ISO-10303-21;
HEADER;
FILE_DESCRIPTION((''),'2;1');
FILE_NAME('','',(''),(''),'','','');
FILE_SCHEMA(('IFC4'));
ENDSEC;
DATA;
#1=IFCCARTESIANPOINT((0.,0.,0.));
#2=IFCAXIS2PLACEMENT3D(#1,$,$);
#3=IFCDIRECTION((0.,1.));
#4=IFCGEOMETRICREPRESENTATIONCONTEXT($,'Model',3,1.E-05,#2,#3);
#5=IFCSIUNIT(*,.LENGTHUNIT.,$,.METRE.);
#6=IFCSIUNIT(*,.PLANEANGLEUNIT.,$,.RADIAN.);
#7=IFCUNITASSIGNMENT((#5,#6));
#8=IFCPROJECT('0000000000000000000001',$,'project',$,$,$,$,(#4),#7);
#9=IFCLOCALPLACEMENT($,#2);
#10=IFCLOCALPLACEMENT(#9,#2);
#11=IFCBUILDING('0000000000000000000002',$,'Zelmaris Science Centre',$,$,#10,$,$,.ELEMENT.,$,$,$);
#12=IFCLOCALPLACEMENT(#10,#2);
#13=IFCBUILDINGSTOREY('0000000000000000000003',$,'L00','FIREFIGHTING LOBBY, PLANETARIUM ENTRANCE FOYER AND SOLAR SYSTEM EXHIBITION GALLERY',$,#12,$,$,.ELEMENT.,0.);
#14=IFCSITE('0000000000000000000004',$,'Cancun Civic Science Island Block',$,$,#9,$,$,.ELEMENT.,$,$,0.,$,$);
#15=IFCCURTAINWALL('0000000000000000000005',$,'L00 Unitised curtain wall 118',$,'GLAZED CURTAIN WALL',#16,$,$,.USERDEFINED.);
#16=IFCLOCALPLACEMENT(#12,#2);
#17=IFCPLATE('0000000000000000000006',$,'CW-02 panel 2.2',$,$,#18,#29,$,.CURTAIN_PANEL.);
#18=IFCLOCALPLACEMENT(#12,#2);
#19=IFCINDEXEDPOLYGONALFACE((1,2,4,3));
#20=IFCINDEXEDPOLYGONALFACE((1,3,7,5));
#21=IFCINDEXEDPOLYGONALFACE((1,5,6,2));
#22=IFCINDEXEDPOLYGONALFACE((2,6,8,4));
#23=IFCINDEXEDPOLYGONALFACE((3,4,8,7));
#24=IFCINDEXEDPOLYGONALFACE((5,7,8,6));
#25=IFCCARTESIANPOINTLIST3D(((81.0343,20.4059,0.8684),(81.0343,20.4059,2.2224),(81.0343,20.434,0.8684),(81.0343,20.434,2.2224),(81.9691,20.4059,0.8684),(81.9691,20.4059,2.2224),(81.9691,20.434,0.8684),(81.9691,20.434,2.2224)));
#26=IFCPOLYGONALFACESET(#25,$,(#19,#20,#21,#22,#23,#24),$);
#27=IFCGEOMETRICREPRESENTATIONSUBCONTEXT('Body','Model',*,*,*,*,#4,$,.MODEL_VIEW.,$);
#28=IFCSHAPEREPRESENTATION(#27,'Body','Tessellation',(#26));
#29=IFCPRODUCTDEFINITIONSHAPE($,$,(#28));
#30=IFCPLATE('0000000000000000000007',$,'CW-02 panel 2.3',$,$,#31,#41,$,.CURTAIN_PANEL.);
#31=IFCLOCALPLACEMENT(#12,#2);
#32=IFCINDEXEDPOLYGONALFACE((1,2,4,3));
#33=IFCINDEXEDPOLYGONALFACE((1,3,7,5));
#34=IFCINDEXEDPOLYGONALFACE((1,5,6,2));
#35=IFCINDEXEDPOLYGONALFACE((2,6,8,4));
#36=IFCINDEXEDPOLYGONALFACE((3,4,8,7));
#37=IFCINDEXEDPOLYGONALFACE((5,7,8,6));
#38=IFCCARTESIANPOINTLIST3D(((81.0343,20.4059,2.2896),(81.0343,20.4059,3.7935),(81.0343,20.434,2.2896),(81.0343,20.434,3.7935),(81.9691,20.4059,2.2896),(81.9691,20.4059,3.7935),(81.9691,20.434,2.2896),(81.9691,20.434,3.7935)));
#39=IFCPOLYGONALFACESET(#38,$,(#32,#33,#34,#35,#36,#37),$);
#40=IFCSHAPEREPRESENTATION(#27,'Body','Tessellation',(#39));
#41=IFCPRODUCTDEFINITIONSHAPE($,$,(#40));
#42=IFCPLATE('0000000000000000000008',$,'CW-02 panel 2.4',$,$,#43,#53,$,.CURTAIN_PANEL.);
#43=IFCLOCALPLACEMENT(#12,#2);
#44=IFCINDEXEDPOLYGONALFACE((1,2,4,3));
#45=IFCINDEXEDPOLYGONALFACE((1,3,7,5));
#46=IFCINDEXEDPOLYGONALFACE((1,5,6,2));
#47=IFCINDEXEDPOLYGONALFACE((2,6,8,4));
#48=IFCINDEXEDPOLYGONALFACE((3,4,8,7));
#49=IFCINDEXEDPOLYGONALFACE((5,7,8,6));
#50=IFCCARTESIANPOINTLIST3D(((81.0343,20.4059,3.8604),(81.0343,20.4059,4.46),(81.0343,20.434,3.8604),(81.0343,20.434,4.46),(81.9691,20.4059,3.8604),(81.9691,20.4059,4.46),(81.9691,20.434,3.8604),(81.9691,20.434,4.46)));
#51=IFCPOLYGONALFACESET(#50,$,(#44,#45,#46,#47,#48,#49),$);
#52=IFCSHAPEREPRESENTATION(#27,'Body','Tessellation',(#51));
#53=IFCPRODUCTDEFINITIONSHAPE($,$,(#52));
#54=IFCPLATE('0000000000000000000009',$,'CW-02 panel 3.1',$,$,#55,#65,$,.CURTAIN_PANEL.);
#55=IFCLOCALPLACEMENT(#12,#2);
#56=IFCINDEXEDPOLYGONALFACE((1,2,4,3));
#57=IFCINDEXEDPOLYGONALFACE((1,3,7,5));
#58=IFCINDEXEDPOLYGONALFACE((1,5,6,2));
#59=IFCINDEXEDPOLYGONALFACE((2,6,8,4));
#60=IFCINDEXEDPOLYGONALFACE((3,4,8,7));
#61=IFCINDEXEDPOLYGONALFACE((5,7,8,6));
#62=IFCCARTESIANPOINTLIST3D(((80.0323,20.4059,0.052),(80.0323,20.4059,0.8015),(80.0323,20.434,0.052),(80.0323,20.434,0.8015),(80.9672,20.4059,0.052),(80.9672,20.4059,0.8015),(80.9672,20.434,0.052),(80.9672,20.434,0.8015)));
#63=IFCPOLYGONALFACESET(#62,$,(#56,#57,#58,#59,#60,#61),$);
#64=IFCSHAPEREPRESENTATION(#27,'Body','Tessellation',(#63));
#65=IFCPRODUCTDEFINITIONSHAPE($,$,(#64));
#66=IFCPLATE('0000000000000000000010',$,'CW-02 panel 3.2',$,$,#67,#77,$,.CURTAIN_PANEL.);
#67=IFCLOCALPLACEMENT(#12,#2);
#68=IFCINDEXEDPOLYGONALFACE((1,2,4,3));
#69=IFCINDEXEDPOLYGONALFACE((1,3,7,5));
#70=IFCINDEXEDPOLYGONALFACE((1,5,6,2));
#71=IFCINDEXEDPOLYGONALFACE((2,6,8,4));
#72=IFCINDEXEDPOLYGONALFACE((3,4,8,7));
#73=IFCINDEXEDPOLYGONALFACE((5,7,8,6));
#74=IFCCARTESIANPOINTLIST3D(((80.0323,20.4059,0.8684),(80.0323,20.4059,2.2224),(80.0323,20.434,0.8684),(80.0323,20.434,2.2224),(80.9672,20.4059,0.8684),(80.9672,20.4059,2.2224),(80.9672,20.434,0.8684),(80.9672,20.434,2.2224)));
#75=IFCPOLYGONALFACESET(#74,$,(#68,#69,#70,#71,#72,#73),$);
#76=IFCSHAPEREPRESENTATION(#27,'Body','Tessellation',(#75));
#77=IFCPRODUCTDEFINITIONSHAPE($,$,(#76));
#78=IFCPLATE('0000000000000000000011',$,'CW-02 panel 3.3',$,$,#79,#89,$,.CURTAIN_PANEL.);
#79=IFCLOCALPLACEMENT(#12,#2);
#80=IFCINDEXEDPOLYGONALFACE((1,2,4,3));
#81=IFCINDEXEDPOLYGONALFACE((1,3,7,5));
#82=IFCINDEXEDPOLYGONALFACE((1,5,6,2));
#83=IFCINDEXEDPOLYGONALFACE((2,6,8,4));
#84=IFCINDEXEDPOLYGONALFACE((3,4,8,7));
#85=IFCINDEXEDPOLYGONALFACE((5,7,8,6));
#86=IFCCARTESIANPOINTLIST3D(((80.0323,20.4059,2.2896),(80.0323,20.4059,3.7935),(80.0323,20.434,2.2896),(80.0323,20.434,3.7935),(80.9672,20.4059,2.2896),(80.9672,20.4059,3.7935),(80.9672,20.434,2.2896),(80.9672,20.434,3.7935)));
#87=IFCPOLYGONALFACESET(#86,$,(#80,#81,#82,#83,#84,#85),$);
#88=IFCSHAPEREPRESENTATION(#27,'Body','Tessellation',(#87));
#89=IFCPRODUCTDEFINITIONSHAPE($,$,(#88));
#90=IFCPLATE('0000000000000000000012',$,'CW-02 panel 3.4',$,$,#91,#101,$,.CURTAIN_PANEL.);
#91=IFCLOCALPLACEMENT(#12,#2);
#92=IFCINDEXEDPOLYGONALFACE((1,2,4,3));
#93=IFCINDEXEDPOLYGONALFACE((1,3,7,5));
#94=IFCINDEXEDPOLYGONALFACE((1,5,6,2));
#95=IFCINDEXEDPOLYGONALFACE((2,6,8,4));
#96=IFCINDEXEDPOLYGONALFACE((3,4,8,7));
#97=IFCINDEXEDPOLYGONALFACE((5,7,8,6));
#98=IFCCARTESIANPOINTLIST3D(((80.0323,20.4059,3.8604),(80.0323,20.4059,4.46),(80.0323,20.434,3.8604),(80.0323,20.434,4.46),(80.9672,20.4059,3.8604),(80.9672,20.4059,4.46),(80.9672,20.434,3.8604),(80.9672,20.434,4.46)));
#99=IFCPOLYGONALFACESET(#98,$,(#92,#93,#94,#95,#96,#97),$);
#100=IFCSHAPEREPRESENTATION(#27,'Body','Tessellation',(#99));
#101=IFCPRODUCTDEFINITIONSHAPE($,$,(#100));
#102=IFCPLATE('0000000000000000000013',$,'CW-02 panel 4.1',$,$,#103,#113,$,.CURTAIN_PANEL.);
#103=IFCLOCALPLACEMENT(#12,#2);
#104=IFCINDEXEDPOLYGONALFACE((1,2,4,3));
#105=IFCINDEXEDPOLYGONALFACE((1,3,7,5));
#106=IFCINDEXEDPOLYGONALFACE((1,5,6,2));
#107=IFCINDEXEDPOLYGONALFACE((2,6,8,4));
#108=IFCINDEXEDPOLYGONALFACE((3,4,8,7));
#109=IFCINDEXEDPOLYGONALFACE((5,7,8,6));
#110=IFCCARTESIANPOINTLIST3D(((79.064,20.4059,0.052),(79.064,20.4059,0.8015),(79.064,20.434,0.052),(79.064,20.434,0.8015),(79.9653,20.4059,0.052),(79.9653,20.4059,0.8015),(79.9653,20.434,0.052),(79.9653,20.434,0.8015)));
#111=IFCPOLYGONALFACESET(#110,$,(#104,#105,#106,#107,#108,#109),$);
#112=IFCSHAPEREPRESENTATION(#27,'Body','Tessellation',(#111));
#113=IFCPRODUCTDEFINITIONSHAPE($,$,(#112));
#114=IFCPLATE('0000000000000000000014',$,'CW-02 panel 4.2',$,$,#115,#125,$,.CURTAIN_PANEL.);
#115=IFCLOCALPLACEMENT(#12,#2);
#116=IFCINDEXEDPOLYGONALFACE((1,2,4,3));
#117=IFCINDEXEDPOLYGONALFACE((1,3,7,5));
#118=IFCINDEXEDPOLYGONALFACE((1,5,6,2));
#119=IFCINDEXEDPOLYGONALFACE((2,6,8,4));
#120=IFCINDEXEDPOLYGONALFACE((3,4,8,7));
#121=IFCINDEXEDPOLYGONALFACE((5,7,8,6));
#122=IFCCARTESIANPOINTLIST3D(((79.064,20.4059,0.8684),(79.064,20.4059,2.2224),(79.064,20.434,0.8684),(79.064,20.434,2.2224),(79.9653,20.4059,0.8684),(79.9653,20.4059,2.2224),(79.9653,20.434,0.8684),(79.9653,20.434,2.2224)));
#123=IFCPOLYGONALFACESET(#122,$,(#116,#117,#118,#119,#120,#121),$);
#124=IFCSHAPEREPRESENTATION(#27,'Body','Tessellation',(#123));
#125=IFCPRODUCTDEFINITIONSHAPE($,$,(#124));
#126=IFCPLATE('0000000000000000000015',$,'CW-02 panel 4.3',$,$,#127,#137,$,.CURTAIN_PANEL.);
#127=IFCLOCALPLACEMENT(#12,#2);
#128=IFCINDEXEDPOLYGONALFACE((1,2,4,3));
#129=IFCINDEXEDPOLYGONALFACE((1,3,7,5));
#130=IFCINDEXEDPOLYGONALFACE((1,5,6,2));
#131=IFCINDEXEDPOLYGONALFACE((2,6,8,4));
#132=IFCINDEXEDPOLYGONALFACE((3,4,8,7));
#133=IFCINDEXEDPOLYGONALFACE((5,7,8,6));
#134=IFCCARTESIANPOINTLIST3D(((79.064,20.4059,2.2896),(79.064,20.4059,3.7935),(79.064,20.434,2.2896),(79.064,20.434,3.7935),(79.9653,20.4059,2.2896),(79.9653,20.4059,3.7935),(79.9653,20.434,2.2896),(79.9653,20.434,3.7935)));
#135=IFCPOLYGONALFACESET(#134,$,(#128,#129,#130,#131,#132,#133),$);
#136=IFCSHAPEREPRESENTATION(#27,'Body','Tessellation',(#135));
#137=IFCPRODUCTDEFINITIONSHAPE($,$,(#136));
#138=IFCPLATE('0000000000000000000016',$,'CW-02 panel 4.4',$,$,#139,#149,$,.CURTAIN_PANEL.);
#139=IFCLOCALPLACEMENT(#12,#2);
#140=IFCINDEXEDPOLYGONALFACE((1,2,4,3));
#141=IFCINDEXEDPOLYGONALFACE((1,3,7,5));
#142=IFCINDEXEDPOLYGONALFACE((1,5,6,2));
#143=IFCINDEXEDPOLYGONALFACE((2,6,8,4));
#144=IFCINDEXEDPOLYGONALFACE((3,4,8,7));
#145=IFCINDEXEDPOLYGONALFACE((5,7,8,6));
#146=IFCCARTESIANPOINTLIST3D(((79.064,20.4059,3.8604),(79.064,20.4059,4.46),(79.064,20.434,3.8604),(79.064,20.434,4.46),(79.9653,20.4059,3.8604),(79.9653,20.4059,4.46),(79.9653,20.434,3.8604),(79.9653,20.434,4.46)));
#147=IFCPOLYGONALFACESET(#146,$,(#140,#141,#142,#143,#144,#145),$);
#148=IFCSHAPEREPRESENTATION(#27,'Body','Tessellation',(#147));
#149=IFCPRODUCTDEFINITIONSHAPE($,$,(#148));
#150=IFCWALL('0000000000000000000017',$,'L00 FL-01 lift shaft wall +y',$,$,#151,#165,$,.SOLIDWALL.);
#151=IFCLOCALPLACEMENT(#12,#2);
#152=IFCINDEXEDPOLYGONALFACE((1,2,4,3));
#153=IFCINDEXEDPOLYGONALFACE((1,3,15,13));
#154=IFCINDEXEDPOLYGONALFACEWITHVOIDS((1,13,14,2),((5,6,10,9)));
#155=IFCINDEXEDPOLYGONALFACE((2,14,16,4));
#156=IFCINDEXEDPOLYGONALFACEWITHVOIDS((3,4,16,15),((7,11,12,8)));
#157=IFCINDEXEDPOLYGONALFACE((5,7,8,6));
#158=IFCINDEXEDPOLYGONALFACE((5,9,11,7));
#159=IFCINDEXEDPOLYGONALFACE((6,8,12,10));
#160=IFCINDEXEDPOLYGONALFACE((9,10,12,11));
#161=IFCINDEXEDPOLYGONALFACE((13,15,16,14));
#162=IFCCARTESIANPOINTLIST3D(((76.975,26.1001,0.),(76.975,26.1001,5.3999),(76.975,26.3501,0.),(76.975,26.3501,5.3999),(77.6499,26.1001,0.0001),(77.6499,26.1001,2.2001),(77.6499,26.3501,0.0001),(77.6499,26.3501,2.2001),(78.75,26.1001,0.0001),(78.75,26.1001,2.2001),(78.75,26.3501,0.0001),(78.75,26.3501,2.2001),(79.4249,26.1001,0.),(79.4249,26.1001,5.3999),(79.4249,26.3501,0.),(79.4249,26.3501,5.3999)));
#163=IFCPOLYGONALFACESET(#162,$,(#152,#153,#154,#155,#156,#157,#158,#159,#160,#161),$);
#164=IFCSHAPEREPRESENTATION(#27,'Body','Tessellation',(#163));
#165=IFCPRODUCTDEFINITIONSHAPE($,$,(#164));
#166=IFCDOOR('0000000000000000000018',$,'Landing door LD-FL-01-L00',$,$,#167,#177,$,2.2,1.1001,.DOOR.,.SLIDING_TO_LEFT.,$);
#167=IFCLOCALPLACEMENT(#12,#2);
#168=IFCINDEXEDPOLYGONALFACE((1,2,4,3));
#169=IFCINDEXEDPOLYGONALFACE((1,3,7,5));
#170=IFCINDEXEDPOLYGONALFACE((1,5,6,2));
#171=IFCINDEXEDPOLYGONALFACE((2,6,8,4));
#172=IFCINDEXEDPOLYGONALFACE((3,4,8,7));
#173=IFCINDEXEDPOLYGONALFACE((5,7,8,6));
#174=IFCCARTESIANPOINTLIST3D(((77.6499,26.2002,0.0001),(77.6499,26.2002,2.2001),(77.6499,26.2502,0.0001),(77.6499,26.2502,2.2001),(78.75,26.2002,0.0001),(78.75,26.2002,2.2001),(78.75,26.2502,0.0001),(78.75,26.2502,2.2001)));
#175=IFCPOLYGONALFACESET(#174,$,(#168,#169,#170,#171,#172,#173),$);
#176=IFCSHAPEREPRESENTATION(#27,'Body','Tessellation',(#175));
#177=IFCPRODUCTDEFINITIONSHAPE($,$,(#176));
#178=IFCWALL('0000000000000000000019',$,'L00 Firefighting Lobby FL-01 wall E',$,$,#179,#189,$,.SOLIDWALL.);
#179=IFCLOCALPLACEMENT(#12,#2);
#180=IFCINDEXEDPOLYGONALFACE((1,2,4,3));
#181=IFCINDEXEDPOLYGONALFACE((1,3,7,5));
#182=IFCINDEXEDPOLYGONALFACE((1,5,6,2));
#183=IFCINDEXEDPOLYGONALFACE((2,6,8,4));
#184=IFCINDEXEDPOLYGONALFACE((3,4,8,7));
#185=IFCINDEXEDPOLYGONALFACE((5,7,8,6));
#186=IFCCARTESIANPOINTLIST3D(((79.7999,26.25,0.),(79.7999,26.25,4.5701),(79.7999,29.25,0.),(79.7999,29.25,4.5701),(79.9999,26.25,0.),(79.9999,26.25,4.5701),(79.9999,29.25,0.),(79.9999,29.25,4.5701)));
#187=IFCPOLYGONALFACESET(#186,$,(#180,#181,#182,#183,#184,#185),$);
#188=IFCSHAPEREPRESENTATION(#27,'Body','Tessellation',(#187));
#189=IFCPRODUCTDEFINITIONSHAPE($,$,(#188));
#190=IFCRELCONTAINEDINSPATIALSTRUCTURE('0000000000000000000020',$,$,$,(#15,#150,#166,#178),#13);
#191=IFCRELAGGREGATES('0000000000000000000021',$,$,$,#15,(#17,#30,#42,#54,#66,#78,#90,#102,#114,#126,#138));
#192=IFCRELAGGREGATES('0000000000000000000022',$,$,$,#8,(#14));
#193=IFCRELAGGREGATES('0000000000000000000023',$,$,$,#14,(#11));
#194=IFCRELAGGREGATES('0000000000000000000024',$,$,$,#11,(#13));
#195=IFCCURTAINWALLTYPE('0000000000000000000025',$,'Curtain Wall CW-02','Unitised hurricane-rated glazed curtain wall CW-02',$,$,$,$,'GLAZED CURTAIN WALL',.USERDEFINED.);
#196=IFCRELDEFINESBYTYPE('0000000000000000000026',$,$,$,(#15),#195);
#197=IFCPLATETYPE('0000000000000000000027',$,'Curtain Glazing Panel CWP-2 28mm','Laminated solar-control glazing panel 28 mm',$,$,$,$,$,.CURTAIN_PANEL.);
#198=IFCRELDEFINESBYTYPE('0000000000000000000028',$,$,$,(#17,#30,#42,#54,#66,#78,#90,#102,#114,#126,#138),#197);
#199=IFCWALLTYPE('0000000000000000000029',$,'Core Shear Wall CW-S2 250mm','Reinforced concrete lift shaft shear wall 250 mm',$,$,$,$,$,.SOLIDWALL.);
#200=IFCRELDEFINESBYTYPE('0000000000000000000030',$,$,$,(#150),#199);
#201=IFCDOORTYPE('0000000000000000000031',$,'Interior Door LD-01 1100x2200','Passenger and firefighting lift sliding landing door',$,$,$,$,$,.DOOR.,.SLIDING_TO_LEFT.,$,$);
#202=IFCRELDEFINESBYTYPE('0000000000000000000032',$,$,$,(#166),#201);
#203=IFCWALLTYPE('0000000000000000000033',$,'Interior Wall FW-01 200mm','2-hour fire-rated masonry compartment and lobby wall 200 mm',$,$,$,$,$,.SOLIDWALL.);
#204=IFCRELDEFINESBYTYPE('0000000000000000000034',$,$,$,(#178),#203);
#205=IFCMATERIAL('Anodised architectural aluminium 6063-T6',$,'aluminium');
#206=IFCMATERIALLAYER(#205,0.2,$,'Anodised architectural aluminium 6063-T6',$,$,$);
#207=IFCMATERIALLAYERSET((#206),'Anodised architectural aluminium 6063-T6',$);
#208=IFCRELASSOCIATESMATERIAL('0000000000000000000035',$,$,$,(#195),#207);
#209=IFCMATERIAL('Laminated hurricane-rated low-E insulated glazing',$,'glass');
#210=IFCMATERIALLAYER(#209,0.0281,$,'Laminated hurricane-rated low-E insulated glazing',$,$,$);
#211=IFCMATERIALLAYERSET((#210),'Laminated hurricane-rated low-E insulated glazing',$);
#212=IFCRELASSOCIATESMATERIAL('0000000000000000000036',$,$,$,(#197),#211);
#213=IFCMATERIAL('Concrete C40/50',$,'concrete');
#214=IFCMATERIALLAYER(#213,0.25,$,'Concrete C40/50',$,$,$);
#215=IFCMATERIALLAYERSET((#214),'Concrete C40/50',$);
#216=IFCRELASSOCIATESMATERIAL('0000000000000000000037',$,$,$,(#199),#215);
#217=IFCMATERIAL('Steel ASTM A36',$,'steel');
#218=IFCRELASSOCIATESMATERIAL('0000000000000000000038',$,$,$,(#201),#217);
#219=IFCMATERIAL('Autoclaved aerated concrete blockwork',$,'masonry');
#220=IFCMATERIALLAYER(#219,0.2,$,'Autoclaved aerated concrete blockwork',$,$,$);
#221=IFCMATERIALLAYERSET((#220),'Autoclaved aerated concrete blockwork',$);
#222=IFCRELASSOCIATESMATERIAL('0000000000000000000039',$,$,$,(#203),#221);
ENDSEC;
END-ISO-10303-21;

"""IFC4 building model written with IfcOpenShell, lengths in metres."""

from ifc_helpers import new_model, si_unit, direction, frame, frame_2d, origin, origin_2d, place, context, subcontext, project, spatial, rectangle, extrude, material, layer, layer_set, type_object, element, fill, aggregate, save


model = new_model("IFC4")

# Units and contexts
model_context = context("Model", 3, precision=1e-05, world=origin(), true_north=direction((0.0, 1.0)))
body_context = subcontext(model_context, "Body", "Model", "MODEL_VIEW")
ifc_project = project(units=[si_unit("LENGTHUNIT", "METRE"), si_unit("PLANEANGLEUNIT", "RADIAN")], contexts=[model_context])

# Site, building, storey
site_placement = place(None, origin())
site = spatial("IfcSite", under=ifc_project, at=site_placement, Name="Cancun Civic Science Island Block", CompositionType="ELEMENT", RefElevation=0.0)
building_placement = place(site_placement, origin())
building = spatial("IfcBuilding", under=site, at=building_placement, Name="Zelmaris Science Centre", CompositionType="ELEMENT")
storey_placement = place(building_placement, origin())
storey = spatial("IfcBuildingStorey", under=building, at=storey_placement, Name="L00", Description="FIREFIGHTING LOBBY, PLANETARIUM ENTRANCE FOYER AND SOLAR SYSTEM EXHIBITION GALLERY", CompositionType="ELEMENT", Elevation=0.0)

# Curtain wall
ifc_material_1 = material(Name="Anodised architectural aluminium 6063-T6", Category="aluminium")
ifc_layer_1 = layer(ifc_material_1, 0.2, Name="Anodised architectural aluminium 6063-T6")
ifc_layer_set_1 = layer_set([ifc_layer_1], Name="Anodised architectural aluminium 6063-T6")
curtain_wall_type = type_object("IfcCurtainWallType", Name="Curtain Wall CW-02", Description="Unitised hurricane-rated glazed curtain wall CW-02", ElementType="GLAZED CURTAIN WALL", PredefinedType="USERDEFINED", material=ifc_layer_set_1)
curtain_wall_placement = place(storey_placement, origin())
curtain_wall = element("IfcCurtainWall", 1, at=curtain_wall_placement, inside=storey, type_object=curtain_wall_type, Name="L00 Unitised curtain wall 118", ObjectType="GLAZED CURTAIN WALL", PredefinedType="USERDEFINED")

# Plates
ifc_material_2 = material(Name="Laminated hurricane-rated low-E insulated glazing", Category="glass")
ifc_layer_2 = layer(ifc_material_2, 0.0281, Name="Laminated hurricane-rated low-E insulated glazing")
ifc_layer_set_2 = layer_set([ifc_layer_2], Name="Laminated hurricane-rated low-E insulated glazing")
plate_type = type_object("IfcPlateType", Name="Curtain Glazing Panel CWP-2 28mm", Description="Laminated solar-control glazing panel 28 mm", PredefinedType="CURTAIN_PANEL", material=ifc_layer_set_2)
plate_1_placement = place(storey_placement, frame((81.5017, 20.4199, 0.8684), z_axis=(0.0, 0.0, 1.0), x_axis=(-1.0, 0.0, 0.0)))
plate_1 = element("IfcPlate", 2, at=plate_1_placement, type_object=plate_type, Name="CW-02 panel 2.2", PredefinedType="CURTAIN_PANEL", context=body_context, shape_type="SweptSolid", body=[
    extrude(rectangle(XDim=0.9348, YDim=0.0281, at=origin_2d()), origin(), (0.0, 0.0, 1.0), 1.354),
])
plate_2_placement = place(storey_placement, frame((81.5017, 20.4199, 2.2896), z_axis=(0.0, 0.0, 1.0), x_axis=(-1.0, 0.0, 0.0)))
plate_2 = element("IfcPlate", 3, at=plate_2_placement, type_object=plate_type, Name="CW-02 panel 2.3", PredefinedType="CURTAIN_PANEL", context=body_context, shape_type="SweptSolid", body=[
    extrude(rectangle(XDim=0.9348, YDim=0.0281, at=origin_2d()), origin(), (0.0, 0.0, 1.0), 1.5039),
])
plate_3_placement = place(storey_placement, frame((81.5017, 20.4199, 3.8604), z_axis=(0.0, 0.0, 1.0), x_axis=(-1.0, 0.0, 0.0)))
plate_3 = element("IfcPlate", 4, at=plate_3_placement, type_object=plate_type, Name="CW-02 panel 2.4", PredefinedType="CURTAIN_PANEL", context=body_context, shape_type="SweptSolid", body=[
    extrude(rectangle(XDim=0.9348, YDim=0.0281, at=origin_2d()), origin(), (0.0, 0.0, 1.0), 0.5996),
])
plate_4_placement = place(storey_placement, frame((80.4998, 20.4199, 0.052), z_axis=(0.0, 0.0, 1.0), x_axis=(-1.0, 0.0, 0.0)))
plate_4 = element("IfcPlate", 5, at=plate_4_placement, type_object=plate_type, Name="CW-02 panel 3.1", PredefinedType="CURTAIN_PANEL", context=body_context, shape_type="SweptSolid", body=[
    extrude(rectangle(XDim=0.9348, YDim=0.0281, at=origin_2d()), origin(), (0.0, 0.0, 1.0), 0.7495),
])
plate_5_placement = place(storey_placement, frame((80.4998, 20.4199, 0.8684), z_axis=(0.0, 0.0, 1.0), x_axis=(-1.0, 0.0, 0.0)))
plate_5 = element("IfcPlate", 6, at=plate_5_placement, type_object=plate_type, Name="CW-02 panel 3.2", PredefinedType="CURTAIN_PANEL", context=body_context, shape_type="SweptSolid", body=[
    extrude(rectangle(XDim=0.9348, YDim=0.0281, at=origin_2d()), origin(), (0.0, 0.0, 1.0), 1.354),
])
plate_6_placement = place(storey_placement, frame((80.4998, 20.4199, 2.2896), z_axis=(0.0, 0.0, 1.0), x_axis=(-1.0, 0.0, 0.0)))
plate_6 = element("IfcPlate", 7, at=plate_6_placement, type_object=plate_type, Name="CW-02 panel 3.3", PredefinedType="CURTAIN_PANEL", context=body_context, shape_type="SweptSolid", body=[
    extrude(rectangle(XDim=0.9348, YDim=0.0281, at=origin_2d()), origin(), (0.0, 0.0, 1.0), 1.5039),
])
plate_7_placement = place(storey_placement, frame((80.4998, 20.4199, 3.8604), z_axis=(0.0, 0.0, 1.0), x_axis=(-1.0, 0.0, 0.0)))
plate_7 = element("IfcPlate", 8, at=plate_7_placement, type_object=plate_type, Name="CW-02 panel 3.4", PredefinedType="CURTAIN_PANEL", context=body_context, shape_type="SweptSolid", body=[
    extrude(rectangle(XDim=0.9348, YDim=0.0281, at=origin_2d()), origin(), (0.0, 0.0, 1.0), 0.5996),
])
plate_8_placement = place(storey_placement, frame((79.5146, 20.4199, 0.052), z_axis=(0.0, 0.0, 1.0), x_axis=(-1.0, 0.0, 0.0)))
plate_8 = element("IfcPlate", 9, at=plate_8_placement, type_object=plate_type, Name="CW-02 panel 4.1", PredefinedType="CURTAIN_PANEL", context=body_context, shape_type="SweptSolid", body=[
    extrude(rectangle(XDim=0.9014, YDim=0.0281, at=origin_2d()), origin(), (0.0, 0.0, 1.0), 0.7495),
])
plate_9_placement = place(storey_placement, frame((79.5146, 20.4199, 0.8684), z_axis=(0.0, 0.0, 1.0), x_axis=(-1.0, 0.0, 0.0)))
plate_9 = element("IfcPlate", 10, at=plate_9_placement, type_object=plate_type, Name="CW-02 panel 4.2", PredefinedType="CURTAIN_PANEL", context=body_context, shape_type="SweptSolid", body=[
    extrude(rectangle(XDim=0.9014, YDim=0.0281, at=origin_2d()), origin(), (0.0, 0.0, 1.0), 1.354),
])
plate_10_placement = place(storey_placement, frame((79.5146, 20.4199, 2.2896), z_axis=(0.0, 0.0, 1.0), x_axis=(-1.0, 0.0, 0.0)))
plate_10 = element("IfcPlate", 11, at=plate_10_placement, type_object=plate_type, Name="CW-02 panel 4.3", PredefinedType="CURTAIN_PANEL", context=body_context, shape_type="SweptSolid", body=[
    extrude(rectangle(XDim=0.9014, YDim=0.0281, at=origin_2d()), origin(), (0.0, 0.0, 1.0), 1.5039),
])
plate_11_placement = place(storey_placement, frame((79.5146, 20.4199, 3.8604), z_axis=(0.0, 0.0, 1.0), x_axis=(-1.0, 0.0, 0.0)))
plate_11 = element("IfcPlate", 12, at=plate_11_placement, type_object=plate_type, Name="CW-02 panel 4.4", PredefinedType="CURTAIN_PANEL", context=body_context, shape_type="SweptSolid", body=[
    extrude(rectangle(XDim=0.9014, YDim=0.0281, at=origin_2d()), origin(), (0.0, 0.0, 1.0), 0.5996),
])
aggregate(curtain_wall, [plate_1, plate_2, plate_3, plate_4, plate_5, plate_6, plate_7, plate_8, plate_9, plate_10, plate_11])

# Wall, opening, door
ifc_material_3 = material(Name="Concrete C40/50", Category="concrete")
ifc_layer_3 = layer(ifc_material_3, 0.25, Name="Concrete C40/50")
ifc_layer_set_3 = layer_set([ifc_layer_3], Name="Concrete C40/50")
wall_type_1 = type_object("IfcWallType", Name="Core Shear Wall CW-S2 250mm", Description="Reinforced concrete lift shaft shear wall 250 mm", PredefinedType="SOLIDWALL", material=ifc_layer_set_3)
wall_1_placement = place(storey_placement, frame((79.425, 26.2251, 0.0), z_axis=(0.0, 0.0, 1.0), x_axis=(-1.0, 0.0, 0.0)))
wall_1 = element("IfcWall", 13, at=wall_1_placement, inside=storey, type_object=wall_type_1, Name="L00 FL-01 lift shaft wall +y", PredefinedType="SOLIDWALL", context=body_context, shape_type="SweptSolid", body=[
    extrude(rectangle(XDim=2.45, YDim=0.25, at=frame_2d((1.2251, 0.0))), origin(), (0.0, 0.0, 1.0), 5.3999),
])
opening_placement = place(wall_1_placement, frame((0.675, 0.0, 0.0)))
opening = element("IfcOpeningElement", 14, at=opening_placement, cuts=wall_1, PredefinedType="OPENING", context=body_context, shape_type="SweptSolid", body=[
    extrude(rectangle(XDim=1.1001, YDim=2.2, at=frame_2d((0.55, 1.1001))), frame((0.0, 0.135, 0.0), z_axis=(0.0, -1.0, 0.0), x_axis=(1.0, 0.0, 0.0)), (0.0, 0.0, 1.0), 0.27),
])
ifc_material_4 = material(Name="Steel ASTM A36", Category="steel")
door_type = type_object("IfcDoorType", Name="Interior Door LD-01 1100x2200", Description="Passenger and firefighting lift sliding landing door", OperationType="SLIDING_TO_LEFT", PredefinedType="DOOR", material=ifc_material_4)
door_placement = place(opening_placement, origin())
door = element("IfcDoor", 15, at=door_placement, inside=storey, type_object=door_type, Name="Landing door LD-FL-01-L00", OperationType="SLIDING_TO_LEFT", OverallHeight=2.2, OverallWidth=1.1001, PredefinedType="DOOR", context=body_context, shape_type="SweptSolid", body=[
    extrude(rectangle(XDim=1.1001, YDim=2.2, at=frame_2d((0.55, 1.1001))), frame((0.0, 0.0249, 0.0), z_axis=(0.0, -1.0, 0.0), x_axis=(1.0, 0.0, 0.0)), (0.0, 0.0, 1.0), 0.05),
])
fill(opening, door)

# Wall
ifc_material_5 = material(Name="Autoclaved aerated concrete blockwork", Category="masonry")
ifc_layer_4 = layer(ifc_material_5, 0.2, Name="Autoclaved aerated concrete blockwork")
ifc_layer_set_4 = layer_set([ifc_layer_4], Name="Autoclaved aerated concrete blockwork")
wall_type_2 = type_object("IfcWallType", Name="Interior Wall FW-01 200mm", Description="2-hour fire-rated masonry compartment and lobby wall 200 mm", PredefinedType="SOLIDWALL", material=ifc_layer_set_4)
wall_2_placement = place(storey_placement, frame((79.8999, 26.25, 0.0), z_axis=(0.0, 0.0, 1.0), x_axis=(0.0, 1.0, 0.0)))
element("IfcWall", 16, at=wall_2_placement, inside=storey, type_object=wall_type_2, Name="L00 Firefighting Lobby FL-01 wall E", PredefinedType="SOLIDWALL", context=body_context, shape_type="SweptSolid", body=[
    extrude(rectangle(XDim=3.0, YDim=0.2, at=frame_2d((1.5, 0.0))), origin(), (0.0, 0.0, 1.0), 4.5701),
])

save(model, "model.ifc")
